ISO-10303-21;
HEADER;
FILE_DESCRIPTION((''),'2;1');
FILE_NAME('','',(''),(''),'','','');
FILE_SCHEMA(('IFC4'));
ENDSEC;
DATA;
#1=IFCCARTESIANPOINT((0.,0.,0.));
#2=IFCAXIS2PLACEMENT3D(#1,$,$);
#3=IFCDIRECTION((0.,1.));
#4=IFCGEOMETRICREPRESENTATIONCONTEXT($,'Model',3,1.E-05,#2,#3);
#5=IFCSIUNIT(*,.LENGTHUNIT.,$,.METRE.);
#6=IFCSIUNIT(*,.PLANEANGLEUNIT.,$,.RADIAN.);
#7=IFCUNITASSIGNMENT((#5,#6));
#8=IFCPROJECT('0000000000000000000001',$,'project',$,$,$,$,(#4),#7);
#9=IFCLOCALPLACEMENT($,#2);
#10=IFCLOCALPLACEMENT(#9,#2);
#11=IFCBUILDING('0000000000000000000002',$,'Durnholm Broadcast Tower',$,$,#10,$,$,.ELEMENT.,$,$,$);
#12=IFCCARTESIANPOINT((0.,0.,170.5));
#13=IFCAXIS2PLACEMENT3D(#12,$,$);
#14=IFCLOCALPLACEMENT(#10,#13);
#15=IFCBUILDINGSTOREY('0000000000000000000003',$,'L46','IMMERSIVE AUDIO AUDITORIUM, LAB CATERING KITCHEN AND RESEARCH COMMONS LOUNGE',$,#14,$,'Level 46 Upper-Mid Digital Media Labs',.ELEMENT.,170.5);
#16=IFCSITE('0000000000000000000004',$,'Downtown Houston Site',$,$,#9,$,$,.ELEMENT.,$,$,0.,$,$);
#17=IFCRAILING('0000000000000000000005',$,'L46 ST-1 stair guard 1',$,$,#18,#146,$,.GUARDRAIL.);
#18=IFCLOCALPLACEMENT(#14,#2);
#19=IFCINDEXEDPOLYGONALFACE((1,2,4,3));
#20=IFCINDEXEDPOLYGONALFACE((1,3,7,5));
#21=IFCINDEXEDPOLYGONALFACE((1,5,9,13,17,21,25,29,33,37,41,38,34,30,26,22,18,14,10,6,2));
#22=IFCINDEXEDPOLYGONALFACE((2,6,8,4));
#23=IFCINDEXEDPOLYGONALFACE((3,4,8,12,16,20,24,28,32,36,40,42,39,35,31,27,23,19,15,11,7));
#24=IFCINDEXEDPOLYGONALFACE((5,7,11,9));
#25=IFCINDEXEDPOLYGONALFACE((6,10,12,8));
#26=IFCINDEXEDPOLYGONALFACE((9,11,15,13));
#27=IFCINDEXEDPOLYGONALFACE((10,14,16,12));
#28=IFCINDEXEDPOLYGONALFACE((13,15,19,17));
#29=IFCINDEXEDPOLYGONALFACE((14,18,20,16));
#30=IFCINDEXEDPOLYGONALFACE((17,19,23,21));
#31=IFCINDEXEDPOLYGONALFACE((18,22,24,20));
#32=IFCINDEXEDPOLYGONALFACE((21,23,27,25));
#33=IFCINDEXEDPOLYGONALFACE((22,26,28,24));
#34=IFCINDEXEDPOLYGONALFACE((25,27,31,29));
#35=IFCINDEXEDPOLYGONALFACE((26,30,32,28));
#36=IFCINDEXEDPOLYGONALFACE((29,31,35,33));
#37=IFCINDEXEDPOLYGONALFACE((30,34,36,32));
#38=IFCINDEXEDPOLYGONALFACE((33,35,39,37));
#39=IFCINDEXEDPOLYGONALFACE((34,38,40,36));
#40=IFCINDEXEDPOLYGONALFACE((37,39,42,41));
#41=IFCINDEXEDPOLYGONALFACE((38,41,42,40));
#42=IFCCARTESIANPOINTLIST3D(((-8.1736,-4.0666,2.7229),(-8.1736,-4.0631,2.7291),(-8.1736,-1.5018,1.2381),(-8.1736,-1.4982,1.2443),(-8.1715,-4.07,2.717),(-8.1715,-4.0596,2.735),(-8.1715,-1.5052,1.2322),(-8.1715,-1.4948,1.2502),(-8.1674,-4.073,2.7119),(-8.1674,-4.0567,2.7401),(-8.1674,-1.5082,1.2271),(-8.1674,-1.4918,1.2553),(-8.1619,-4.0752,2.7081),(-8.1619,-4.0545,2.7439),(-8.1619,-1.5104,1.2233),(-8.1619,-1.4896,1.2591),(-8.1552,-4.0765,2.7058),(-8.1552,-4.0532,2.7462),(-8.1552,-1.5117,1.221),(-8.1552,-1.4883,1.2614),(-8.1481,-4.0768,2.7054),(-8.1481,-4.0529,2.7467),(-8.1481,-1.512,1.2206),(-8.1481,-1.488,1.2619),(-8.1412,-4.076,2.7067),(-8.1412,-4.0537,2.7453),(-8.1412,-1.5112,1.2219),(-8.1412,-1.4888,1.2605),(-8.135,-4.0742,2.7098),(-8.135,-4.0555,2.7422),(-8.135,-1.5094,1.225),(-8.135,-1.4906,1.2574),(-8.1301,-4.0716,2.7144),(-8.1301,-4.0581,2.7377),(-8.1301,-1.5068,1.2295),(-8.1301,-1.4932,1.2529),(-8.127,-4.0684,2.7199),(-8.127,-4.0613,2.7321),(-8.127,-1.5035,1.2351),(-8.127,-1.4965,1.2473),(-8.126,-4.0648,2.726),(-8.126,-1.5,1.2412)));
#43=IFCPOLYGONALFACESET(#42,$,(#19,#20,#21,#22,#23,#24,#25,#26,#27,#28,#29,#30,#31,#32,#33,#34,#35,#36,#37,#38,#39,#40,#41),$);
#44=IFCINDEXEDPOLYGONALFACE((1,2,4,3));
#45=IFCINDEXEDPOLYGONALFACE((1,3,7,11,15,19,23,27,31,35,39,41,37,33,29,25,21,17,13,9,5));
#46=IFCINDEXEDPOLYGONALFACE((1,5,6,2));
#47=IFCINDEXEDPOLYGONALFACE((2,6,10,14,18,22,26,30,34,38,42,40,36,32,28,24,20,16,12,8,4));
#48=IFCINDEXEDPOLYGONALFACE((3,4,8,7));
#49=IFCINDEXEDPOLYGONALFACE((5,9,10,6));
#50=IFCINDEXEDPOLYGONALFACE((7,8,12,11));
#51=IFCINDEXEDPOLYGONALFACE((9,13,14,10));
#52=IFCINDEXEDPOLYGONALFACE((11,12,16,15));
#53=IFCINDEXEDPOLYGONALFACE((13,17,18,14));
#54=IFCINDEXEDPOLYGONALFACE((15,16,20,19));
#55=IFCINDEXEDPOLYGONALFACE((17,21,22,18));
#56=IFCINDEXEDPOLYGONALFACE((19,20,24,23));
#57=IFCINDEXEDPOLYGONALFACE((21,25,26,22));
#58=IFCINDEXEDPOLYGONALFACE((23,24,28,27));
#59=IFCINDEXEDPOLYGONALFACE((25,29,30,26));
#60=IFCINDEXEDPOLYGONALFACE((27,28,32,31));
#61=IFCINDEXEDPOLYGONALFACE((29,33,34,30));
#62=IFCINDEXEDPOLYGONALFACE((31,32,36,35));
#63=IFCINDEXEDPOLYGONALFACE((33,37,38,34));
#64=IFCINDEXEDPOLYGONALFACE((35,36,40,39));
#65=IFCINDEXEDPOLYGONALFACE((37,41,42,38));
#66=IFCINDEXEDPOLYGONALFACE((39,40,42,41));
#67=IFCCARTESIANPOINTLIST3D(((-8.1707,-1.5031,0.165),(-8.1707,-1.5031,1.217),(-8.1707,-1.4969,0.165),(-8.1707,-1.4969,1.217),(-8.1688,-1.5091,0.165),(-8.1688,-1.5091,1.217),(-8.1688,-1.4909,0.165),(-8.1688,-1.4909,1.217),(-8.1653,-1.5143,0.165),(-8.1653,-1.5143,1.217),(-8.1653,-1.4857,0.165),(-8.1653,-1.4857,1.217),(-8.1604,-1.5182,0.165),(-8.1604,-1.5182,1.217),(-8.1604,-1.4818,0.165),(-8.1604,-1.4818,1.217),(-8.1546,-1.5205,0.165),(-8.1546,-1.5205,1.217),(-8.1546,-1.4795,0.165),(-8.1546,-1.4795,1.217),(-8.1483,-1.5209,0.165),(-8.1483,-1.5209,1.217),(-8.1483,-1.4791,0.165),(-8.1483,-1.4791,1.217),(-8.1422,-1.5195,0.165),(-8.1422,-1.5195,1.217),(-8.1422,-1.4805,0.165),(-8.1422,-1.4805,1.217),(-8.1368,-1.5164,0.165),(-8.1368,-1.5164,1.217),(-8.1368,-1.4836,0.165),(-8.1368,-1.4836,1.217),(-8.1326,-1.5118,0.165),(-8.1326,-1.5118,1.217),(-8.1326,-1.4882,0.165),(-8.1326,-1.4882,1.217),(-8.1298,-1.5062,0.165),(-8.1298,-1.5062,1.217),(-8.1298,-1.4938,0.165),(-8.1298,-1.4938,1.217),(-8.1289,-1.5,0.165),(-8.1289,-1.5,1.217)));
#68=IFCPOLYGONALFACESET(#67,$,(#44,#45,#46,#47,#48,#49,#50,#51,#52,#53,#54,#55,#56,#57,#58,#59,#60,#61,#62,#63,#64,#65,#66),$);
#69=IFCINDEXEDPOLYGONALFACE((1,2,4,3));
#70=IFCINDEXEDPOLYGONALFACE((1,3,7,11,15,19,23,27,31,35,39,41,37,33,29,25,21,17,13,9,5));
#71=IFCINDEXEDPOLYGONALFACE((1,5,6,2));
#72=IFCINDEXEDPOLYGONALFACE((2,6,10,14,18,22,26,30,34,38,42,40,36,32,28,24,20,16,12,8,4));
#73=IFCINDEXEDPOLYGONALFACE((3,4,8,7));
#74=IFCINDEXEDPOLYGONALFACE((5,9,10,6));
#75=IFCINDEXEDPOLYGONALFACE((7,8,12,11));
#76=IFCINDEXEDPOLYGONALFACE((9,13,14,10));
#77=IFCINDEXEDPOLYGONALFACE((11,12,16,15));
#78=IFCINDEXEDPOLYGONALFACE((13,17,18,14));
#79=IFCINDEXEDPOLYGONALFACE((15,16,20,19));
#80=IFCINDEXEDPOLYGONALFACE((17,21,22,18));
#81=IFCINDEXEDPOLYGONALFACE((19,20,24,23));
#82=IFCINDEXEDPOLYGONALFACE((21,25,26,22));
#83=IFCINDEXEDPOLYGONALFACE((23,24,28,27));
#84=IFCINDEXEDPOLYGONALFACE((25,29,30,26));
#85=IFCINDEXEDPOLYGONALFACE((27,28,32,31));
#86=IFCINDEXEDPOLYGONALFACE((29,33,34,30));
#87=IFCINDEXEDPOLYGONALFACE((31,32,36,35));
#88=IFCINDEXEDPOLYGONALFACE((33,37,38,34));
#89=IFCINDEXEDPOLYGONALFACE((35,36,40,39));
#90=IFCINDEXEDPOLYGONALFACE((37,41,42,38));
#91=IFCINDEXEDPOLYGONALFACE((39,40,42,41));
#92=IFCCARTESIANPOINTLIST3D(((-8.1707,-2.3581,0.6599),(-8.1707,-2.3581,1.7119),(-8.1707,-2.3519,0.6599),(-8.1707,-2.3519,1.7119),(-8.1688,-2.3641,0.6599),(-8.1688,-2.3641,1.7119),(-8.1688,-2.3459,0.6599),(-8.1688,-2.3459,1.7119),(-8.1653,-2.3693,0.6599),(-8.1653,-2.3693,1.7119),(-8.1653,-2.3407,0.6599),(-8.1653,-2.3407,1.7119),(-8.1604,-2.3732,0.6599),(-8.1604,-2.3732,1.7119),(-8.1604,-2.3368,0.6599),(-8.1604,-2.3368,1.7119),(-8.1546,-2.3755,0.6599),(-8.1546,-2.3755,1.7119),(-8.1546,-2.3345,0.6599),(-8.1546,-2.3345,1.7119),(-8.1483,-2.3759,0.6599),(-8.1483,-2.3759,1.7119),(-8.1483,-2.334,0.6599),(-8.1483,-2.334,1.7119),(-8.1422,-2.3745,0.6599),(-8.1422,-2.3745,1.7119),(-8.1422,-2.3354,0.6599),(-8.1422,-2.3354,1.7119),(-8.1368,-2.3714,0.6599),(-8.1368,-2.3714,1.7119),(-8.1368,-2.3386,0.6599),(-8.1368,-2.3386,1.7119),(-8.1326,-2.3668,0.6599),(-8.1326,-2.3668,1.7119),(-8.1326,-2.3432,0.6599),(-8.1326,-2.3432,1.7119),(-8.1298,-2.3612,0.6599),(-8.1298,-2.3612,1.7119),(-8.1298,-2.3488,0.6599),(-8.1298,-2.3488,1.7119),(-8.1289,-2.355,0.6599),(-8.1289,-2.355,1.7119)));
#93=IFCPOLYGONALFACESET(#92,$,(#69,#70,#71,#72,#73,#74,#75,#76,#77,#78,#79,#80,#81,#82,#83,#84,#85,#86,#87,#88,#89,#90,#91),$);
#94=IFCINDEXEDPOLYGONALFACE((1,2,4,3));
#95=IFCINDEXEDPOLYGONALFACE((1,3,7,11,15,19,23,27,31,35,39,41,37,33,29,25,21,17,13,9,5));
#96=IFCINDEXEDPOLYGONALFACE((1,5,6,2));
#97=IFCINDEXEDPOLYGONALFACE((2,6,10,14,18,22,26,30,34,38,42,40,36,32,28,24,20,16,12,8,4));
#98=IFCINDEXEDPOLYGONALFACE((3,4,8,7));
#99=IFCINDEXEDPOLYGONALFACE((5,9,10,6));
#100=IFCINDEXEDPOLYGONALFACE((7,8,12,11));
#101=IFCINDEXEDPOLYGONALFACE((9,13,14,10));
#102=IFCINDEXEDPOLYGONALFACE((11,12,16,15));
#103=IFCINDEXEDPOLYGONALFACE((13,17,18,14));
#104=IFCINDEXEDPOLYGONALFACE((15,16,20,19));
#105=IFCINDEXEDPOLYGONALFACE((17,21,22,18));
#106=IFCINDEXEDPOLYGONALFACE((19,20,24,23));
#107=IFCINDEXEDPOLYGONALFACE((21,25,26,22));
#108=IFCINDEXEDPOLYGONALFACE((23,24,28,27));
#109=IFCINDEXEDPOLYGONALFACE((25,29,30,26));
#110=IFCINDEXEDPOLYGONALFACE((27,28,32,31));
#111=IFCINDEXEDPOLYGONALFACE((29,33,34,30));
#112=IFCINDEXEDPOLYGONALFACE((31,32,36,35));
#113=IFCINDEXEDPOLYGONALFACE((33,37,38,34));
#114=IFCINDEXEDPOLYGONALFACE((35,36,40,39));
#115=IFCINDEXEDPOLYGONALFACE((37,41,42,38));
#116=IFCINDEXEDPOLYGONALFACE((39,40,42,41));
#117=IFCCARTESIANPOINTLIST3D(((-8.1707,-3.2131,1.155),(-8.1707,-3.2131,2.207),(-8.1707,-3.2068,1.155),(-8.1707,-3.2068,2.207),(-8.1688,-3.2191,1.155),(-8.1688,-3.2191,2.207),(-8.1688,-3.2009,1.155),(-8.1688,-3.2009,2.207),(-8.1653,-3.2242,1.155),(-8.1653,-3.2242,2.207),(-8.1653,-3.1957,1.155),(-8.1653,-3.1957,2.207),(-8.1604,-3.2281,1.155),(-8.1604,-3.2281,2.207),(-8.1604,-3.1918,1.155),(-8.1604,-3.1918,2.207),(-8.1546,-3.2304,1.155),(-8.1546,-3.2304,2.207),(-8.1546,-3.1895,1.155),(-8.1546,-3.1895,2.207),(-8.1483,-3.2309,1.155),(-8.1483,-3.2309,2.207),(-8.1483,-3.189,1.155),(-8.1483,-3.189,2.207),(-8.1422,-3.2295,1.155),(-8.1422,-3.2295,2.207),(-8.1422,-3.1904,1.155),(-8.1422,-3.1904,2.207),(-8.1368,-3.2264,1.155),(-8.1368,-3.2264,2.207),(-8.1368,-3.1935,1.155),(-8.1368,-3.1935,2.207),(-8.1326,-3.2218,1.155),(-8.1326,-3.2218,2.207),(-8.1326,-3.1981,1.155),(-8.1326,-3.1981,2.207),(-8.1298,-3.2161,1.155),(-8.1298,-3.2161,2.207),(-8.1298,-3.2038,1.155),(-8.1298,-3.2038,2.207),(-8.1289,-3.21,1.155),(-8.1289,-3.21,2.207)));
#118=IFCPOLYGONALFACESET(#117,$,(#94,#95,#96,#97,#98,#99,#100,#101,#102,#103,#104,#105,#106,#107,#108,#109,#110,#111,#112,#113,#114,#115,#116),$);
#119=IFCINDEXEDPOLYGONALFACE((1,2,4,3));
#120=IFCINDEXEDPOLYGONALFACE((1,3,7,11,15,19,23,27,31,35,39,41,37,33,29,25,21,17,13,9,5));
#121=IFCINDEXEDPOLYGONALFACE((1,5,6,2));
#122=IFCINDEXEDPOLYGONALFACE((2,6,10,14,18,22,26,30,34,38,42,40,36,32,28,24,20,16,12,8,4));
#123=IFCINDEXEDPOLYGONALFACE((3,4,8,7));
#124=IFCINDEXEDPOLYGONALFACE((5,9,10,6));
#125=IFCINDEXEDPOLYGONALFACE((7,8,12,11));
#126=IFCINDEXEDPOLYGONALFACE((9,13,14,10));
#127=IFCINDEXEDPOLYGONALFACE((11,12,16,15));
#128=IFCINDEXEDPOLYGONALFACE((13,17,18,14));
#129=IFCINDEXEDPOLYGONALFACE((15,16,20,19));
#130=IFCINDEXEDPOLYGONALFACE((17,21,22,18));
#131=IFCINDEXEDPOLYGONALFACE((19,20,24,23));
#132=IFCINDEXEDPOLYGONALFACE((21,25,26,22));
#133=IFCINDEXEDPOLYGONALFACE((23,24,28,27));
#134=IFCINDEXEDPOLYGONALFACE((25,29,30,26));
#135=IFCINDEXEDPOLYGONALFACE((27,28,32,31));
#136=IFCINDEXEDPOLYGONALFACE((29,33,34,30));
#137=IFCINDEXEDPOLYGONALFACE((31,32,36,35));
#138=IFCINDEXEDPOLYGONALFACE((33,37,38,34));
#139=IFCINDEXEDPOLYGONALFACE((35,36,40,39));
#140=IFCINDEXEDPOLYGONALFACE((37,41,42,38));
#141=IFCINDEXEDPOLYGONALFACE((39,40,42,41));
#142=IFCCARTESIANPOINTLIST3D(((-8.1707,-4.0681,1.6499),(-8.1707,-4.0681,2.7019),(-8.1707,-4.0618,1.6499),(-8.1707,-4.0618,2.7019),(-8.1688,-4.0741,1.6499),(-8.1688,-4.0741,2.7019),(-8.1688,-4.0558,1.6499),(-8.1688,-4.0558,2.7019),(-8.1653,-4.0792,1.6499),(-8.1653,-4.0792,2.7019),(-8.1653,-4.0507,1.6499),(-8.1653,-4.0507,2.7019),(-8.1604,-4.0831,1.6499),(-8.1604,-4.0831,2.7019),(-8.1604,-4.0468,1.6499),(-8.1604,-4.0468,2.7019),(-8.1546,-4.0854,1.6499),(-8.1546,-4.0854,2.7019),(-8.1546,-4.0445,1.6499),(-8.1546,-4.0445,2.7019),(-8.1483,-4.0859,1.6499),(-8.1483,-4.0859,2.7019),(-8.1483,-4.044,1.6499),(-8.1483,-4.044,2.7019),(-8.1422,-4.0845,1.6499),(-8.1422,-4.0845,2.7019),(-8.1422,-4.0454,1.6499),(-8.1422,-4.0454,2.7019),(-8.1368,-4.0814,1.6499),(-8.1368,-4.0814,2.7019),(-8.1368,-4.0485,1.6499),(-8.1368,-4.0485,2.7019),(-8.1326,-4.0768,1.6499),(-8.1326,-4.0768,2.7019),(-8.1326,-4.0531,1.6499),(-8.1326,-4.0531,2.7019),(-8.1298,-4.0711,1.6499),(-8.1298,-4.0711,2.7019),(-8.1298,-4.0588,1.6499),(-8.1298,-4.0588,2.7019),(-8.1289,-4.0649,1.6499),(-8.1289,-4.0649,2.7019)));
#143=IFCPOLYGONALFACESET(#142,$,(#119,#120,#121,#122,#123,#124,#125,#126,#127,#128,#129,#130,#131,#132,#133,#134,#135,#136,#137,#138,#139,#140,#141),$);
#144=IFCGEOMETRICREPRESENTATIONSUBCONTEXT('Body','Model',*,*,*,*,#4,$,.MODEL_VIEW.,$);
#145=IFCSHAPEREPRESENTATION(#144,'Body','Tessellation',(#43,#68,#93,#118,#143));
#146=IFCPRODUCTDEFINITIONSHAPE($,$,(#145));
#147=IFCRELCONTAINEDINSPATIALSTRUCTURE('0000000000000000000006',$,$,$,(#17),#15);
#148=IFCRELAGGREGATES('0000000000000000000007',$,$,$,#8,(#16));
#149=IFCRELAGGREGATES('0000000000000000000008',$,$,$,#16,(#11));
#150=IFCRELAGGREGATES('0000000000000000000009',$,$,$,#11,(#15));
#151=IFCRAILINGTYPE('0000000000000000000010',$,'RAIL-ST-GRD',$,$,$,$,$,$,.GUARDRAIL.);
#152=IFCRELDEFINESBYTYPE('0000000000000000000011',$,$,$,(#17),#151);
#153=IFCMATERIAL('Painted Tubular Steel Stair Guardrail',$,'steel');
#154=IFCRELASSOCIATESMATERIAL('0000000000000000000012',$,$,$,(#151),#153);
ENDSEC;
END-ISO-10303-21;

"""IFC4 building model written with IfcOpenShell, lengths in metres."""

from ifc_helpers import new_model, si_unit, direction, frame, origin, origin_2d, place, context, subcontext, project, spatial, circle, extrude, material, type_object, element, save


model = new_model("IFC4")

# Units and contexts
model_context = context("Model", 3, precision=1e-05, world=origin(), true_north=direction((0.0, 1.0)))
body_context = subcontext(model_context, "Body", "Model", "MODEL_VIEW")
ifc_project = project(units=[si_unit("LENGTHUNIT", "METRE"), si_unit("PLANEANGLEUNIT", "RADIAN")], contexts=[model_context])

# Site, building, storey
site_placement = place(None, origin())
site = spatial("IfcSite", under=ifc_project, at=site_placement, Name="Downtown Houston Site", CompositionType="ELEMENT", RefElevation=0.0)
building_placement = place(site_placement, origin())
building = spatial("IfcBuilding", under=site, at=building_placement, Name="Durnholm Broadcast Tower", CompositionType="ELEMENT")
storey_placement = place(building_placement, frame((0.0, 0.0, 170.5)))
storey = spatial("IfcBuildingStorey", under=building, at=storey_placement, Name="L46", Description="IMMERSIVE AUDIO AUDITORIUM, LAB CATERING KITCHEN AND RESEARCH COMMONS LOUNGE", LongName="Level 46 Upper-Mid Digital Media Labs", CompositionType="ELEMENT", Elevation=170.5)

# Railing
ifc_material_1 = material(Name="Painted Tubular Steel Stair Guardrail", Category="steel")
railing_type_1 = type_object("IfcRailingType", Name="RAIL-ST-GRD", PredefinedType="GUARDRAIL", material=ifc_material_1)
railing_1_placement = place(storey_placement, frame((-8.1499, -1.5, 0.165)))
element("IfcRailing", 1, at=railing_1_placement, inside=storey, type_object=railing_type_1, Name="L46 ST-1 stair guard 1", PredefinedType="GUARDRAIL", context=body_context, shape_type="SweptSolid", body=[
    extrude(circle(Radius=0.0239, at=origin_2d()), frame((0.0, 0.0, 1.0762), z_axis=(0.0, -0.865441, 0.50101), x_axis=(1.0, 0.0, 0.0)), (0.0, 0.0, 1.0), 2.9636),
    extrude(circle(Radius=0.021, at=origin_2d()), origin(), (0.0, 0.0, 1.0), 1.052),
    extrude(circle(Radius=0.021, at=origin_2d()), frame((0.0, -0.855, 0.4949)), (0.0, 0.0, 1.0), 1.052),
    extrude(circle(Radius=0.021, at=origin_2d()), frame((0.0, -1.71, 0.99)), (0.0, 0.0, 1.0), 1.052),
    extrude(circle(Radius=0.021, at=origin_2d()), frame((0.0, -2.5649, 1.4849)), (0.0, 0.0, 1.0), 1.052),
])

save(model, "model.ifc")
